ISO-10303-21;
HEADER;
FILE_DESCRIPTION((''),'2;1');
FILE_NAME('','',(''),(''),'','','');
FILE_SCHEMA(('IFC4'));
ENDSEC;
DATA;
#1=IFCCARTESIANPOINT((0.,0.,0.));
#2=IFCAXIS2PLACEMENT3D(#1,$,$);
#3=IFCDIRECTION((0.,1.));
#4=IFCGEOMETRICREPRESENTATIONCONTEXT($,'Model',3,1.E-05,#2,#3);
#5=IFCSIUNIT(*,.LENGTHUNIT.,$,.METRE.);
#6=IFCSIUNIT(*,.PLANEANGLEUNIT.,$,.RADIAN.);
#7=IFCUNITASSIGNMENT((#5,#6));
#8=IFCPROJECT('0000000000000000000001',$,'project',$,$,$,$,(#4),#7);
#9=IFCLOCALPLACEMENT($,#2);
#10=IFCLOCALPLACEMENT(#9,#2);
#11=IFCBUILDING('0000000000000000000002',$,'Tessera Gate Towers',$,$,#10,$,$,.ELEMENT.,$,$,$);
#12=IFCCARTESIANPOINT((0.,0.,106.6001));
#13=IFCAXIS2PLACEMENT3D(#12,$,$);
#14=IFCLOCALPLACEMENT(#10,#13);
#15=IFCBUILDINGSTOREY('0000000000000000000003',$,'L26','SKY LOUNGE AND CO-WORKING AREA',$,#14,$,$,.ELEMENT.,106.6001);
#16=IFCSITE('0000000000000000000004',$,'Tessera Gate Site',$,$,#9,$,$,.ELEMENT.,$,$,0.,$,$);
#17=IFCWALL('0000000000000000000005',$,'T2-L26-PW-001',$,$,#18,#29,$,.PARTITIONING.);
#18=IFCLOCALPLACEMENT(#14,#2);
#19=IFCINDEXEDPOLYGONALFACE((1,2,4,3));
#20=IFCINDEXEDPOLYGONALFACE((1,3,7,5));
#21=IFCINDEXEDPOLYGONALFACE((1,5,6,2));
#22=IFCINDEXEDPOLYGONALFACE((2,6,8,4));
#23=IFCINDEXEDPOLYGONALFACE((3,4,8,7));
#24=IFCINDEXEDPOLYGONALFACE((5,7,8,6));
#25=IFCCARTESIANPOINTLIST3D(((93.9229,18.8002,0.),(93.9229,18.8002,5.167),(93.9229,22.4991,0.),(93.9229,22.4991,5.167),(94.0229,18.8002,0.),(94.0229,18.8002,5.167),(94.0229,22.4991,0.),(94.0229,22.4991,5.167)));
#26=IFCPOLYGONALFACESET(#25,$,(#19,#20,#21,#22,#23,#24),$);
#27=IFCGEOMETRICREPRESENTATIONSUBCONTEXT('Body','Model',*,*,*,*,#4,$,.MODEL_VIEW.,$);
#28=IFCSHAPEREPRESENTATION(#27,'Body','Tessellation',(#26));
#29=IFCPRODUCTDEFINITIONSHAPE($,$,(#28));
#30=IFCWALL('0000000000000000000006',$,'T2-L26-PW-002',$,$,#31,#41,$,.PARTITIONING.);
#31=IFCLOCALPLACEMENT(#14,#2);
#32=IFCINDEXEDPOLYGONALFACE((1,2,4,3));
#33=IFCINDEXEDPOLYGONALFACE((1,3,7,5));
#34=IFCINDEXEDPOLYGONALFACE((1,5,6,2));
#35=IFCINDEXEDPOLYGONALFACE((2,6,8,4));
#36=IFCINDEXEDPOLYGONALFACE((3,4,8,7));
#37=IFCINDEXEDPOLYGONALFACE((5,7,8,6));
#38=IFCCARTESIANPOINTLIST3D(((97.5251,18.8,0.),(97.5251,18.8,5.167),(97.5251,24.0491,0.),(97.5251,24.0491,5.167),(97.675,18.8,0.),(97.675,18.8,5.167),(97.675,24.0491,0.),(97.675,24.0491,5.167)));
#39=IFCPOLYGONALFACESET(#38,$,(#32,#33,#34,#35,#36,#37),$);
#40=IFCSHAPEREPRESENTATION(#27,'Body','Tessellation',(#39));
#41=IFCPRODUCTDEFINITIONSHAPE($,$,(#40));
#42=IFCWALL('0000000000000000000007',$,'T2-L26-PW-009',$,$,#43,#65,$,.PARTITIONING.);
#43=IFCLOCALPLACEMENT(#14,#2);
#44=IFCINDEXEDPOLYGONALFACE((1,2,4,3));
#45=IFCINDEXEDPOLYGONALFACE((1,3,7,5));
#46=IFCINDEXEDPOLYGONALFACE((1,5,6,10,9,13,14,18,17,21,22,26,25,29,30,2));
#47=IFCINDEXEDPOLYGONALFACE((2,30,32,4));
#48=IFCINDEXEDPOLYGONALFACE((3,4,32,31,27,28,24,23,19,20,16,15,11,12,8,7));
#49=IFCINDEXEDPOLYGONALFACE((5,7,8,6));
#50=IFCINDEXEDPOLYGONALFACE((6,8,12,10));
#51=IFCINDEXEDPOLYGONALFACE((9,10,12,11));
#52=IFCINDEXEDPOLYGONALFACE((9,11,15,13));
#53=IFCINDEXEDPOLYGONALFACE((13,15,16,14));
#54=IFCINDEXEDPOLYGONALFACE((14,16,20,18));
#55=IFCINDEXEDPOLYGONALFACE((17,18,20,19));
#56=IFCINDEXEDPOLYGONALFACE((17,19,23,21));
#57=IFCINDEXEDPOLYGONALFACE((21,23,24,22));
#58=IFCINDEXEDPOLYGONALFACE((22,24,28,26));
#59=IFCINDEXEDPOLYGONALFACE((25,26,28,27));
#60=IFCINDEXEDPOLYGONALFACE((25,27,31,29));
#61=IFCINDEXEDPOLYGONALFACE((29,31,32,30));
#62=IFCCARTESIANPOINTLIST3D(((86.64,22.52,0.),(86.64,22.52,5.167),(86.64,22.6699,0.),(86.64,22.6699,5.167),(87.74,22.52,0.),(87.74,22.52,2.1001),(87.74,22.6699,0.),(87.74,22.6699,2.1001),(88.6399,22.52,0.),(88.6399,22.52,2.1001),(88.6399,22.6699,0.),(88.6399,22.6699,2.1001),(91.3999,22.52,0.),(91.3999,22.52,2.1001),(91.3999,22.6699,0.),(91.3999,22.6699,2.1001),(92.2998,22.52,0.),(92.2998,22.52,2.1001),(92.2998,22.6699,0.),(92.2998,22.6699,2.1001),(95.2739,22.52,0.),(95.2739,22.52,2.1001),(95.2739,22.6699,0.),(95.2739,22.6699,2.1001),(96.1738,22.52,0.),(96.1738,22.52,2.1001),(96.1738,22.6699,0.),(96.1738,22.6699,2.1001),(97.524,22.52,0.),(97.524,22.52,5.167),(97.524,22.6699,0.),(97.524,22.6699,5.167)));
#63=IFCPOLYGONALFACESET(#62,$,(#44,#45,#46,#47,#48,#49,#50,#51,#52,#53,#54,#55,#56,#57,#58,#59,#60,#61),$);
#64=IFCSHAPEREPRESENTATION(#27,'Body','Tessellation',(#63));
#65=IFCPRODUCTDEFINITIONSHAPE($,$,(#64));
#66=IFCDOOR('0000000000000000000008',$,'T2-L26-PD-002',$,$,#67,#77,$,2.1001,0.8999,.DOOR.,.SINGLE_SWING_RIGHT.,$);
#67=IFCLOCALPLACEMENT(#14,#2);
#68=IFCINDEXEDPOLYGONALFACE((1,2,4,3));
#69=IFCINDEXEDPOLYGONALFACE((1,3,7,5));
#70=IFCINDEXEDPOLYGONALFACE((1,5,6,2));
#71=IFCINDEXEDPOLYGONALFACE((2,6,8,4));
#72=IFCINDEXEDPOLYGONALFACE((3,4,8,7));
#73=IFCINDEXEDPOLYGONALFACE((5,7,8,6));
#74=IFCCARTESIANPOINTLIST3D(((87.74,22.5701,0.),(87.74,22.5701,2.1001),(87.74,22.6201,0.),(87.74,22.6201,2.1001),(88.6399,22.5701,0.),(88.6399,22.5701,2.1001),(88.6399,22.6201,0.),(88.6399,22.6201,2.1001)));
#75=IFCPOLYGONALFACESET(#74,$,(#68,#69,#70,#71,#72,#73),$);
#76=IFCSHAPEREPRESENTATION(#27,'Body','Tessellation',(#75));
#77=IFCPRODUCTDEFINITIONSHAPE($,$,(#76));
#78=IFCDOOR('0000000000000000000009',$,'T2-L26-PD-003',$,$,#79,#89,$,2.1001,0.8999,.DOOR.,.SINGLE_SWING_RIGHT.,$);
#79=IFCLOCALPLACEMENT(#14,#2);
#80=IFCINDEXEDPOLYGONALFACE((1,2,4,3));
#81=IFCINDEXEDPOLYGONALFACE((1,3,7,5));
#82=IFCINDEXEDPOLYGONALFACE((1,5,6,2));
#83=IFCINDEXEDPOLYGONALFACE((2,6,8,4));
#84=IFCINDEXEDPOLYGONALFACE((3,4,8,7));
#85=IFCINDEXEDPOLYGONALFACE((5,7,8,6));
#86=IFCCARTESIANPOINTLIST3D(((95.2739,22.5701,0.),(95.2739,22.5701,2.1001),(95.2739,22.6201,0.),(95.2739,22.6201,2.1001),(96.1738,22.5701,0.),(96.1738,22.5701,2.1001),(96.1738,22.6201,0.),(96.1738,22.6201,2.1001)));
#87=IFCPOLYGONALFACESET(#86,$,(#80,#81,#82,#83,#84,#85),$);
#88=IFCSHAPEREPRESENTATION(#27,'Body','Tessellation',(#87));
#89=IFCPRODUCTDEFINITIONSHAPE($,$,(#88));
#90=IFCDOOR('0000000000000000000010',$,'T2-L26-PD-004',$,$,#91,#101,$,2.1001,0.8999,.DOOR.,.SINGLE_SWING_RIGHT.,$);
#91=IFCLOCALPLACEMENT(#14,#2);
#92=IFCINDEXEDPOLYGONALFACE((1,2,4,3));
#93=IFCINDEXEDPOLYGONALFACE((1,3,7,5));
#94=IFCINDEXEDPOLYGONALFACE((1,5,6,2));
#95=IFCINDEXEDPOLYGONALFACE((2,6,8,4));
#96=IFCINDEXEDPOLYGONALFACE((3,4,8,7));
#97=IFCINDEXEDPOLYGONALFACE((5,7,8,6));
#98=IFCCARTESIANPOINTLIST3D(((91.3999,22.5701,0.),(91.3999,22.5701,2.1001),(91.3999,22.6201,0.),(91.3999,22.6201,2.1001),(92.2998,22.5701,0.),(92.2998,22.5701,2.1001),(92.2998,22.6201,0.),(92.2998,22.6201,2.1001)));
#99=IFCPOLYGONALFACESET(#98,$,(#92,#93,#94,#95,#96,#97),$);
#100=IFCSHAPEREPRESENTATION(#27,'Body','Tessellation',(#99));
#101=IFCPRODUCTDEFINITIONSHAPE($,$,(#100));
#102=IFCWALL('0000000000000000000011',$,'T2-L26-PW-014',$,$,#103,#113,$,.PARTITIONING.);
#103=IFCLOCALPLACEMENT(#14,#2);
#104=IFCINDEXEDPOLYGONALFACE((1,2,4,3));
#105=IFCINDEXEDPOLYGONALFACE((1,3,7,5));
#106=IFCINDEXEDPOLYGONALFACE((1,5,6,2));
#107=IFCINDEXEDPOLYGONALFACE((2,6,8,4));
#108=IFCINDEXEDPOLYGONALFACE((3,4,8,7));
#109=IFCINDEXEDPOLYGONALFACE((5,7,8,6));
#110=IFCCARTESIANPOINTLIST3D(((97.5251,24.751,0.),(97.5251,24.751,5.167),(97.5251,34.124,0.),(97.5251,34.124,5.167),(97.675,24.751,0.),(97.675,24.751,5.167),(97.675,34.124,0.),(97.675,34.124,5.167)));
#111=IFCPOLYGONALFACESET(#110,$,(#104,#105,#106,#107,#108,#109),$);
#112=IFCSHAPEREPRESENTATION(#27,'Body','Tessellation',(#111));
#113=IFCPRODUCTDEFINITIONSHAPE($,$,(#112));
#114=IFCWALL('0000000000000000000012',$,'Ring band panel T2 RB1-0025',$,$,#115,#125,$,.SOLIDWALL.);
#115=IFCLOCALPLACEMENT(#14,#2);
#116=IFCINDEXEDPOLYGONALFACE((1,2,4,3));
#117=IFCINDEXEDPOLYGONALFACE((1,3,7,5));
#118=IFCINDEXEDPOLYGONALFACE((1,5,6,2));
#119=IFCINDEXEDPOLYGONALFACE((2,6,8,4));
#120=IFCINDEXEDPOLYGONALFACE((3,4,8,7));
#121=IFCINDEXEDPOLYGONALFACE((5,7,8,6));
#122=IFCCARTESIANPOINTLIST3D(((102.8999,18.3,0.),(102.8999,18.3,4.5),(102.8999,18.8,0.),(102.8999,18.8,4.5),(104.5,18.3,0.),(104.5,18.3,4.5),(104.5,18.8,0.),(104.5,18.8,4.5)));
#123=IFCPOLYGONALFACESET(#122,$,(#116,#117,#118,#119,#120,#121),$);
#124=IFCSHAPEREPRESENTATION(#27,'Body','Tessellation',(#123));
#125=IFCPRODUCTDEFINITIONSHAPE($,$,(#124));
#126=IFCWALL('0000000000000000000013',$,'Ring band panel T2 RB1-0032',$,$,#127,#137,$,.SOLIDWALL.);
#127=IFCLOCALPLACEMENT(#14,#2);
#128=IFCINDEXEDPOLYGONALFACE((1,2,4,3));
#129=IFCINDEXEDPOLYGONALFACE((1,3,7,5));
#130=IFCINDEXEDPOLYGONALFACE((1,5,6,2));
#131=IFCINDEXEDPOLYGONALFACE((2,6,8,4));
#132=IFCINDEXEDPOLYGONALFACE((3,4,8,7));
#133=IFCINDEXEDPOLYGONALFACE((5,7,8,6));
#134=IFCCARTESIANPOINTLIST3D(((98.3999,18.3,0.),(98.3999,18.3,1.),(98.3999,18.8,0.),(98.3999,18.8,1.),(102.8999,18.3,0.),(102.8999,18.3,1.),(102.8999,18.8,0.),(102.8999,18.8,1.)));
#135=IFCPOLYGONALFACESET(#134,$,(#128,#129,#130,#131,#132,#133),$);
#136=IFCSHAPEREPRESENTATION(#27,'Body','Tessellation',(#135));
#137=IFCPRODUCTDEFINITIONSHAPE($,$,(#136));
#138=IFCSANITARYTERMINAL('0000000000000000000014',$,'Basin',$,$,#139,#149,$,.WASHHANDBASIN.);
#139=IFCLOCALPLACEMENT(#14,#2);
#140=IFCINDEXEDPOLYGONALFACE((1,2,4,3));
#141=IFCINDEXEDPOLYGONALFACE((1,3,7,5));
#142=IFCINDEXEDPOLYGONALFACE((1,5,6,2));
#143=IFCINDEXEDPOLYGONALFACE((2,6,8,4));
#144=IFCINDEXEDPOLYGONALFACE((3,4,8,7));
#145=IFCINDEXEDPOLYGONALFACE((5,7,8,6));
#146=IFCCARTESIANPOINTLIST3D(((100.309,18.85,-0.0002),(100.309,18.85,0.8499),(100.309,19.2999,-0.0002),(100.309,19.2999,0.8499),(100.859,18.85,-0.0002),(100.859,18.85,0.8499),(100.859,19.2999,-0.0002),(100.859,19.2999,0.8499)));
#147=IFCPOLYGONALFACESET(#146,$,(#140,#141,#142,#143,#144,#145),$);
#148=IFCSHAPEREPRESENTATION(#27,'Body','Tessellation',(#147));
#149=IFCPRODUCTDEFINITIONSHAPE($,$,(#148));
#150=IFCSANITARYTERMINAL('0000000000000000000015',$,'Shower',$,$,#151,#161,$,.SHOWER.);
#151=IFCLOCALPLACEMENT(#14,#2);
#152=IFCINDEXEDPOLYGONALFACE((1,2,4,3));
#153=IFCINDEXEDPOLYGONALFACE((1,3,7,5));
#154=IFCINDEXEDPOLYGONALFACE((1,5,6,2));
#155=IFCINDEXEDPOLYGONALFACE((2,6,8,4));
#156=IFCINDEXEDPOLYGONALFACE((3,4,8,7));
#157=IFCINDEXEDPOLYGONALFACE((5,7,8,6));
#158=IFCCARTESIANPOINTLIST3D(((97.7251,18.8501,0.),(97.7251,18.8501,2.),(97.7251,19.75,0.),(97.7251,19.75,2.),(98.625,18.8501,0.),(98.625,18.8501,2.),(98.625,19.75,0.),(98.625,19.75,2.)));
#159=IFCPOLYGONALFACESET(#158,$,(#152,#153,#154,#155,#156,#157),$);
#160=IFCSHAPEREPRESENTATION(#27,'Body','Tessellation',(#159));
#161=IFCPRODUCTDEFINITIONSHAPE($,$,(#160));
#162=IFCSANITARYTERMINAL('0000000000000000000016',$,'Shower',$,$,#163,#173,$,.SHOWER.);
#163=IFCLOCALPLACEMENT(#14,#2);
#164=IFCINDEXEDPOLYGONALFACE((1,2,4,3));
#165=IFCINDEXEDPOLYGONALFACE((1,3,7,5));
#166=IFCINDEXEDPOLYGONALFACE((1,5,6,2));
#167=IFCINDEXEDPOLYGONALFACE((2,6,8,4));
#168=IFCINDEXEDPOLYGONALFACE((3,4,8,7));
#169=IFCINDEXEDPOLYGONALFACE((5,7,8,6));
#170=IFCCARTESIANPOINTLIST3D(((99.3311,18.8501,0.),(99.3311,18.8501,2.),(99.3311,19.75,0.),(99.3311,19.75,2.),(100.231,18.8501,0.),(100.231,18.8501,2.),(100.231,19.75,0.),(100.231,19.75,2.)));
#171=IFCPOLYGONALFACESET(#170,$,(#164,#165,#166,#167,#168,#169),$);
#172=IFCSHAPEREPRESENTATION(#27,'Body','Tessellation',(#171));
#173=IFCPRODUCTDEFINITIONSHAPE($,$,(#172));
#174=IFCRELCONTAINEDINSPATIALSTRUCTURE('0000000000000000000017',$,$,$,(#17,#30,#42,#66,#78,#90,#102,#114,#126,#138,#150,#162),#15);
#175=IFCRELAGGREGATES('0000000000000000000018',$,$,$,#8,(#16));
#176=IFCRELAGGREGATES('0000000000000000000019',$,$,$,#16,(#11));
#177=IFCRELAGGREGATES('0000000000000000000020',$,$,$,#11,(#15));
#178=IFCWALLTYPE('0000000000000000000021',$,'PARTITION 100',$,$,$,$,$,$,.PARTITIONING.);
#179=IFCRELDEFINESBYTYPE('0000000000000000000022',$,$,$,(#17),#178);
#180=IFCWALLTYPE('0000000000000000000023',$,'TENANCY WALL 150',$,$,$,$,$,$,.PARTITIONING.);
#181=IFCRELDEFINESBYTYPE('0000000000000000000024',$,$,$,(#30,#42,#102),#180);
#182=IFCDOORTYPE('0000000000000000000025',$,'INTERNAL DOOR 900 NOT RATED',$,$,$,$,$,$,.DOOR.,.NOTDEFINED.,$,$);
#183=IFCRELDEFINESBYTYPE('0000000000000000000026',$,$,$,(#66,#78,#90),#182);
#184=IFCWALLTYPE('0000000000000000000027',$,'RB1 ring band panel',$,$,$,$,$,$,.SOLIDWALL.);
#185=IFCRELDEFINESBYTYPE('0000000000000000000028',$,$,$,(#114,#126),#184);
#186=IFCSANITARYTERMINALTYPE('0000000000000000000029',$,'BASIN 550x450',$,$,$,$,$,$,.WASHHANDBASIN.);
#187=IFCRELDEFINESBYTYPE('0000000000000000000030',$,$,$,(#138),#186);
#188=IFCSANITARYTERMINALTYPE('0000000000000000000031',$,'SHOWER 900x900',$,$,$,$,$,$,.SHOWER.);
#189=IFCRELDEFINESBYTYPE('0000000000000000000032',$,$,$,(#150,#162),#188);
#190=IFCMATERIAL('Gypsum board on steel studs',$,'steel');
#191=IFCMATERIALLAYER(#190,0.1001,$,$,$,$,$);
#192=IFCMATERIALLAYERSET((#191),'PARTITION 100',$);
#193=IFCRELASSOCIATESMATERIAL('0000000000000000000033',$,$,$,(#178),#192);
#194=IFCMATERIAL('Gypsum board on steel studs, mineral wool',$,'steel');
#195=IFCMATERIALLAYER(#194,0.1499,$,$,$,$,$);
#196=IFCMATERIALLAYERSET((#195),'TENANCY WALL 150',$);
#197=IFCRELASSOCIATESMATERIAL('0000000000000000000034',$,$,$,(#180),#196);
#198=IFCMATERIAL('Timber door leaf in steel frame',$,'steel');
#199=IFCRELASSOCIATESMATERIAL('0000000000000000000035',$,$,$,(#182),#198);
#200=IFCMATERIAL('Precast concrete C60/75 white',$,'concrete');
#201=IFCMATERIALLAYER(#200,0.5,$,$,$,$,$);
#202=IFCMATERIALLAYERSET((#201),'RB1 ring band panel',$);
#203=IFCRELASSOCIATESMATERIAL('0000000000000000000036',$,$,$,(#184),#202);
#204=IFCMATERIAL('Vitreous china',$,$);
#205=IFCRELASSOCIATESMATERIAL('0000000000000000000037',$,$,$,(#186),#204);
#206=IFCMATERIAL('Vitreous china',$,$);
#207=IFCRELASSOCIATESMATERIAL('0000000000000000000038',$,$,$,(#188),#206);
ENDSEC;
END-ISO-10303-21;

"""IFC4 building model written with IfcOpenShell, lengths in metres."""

from ifc_helpers import new_model, si_unit, direction, frame, frame_2d, origin, origin_2d, place, context, subcontext, project, spatial, polyline, rectangle, outline, extrude, source, transform, mapped, material, layer, layer_set, type_object, element, fill, save


model = new_model("IFC4")

# Units and contexts
model_context = context("Model", 3, precision=1e-05, world=origin(), true_north=direction((0.0, 1.0)))
body_context = subcontext(model_context, "Body", "Model", "MODEL_VIEW")
ifc_project = project(units=[si_unit("LENGTHUNIT", "METRE"), si_unit("PLANEANGLEUNIT", "RADIAN")], contexts=[model_context])

# Site, building, storey
site_placement = place(None, origin())
site = spatial("IfcSite", under=ifc_project, at=site_placement, Name="Tessera Gate Site", CompositionType="ELEMENT", RefElevation=0.0)
building_placement = place(site_placement, origin())
building = spatial("IfcBuilding", under=site, at=building_placement, Name="Tessera Gate Towers", CompositionType="ELEMENT")
storey_placement = place(building_placement, frame((0.0, 0.0, 106.6001)))
storey = spatial("IfcBuildingStorey", under=building, at=storey_placement, Name="L26", Description="SKY LOUNGE AND CO-WORKING AREA", CompositionType="ELEMENT", Elevation=106.6001)

# Walls
ifc_material_1 = material(Name="Gypsum board on steel studs", Category="steel")
ifc_layer_1 = layer(ifc_material_1, 0.1001)
ifc_layer_set_1 = layer_set([ifc_layer_1], Name="PARTITION 100")
wall_type_1 = type_object("IfcWallType", Name="PARTITION 100", PredefinedType="PARTITIONING", material=ifc_layer_set_1)
wall_1_placement = place(storey_placement, frame((93.9729, 18.8, 0.0), z_axis=(0.0, 0.0, 1.0), x_axis=(0.0, 1.0, 0.0)))
element("IfcWall", 1, at=wall_1_placement, inside=storey, type_object=wall_type_1, Name="T2-L26-PW-001", PredefinedType="PARTITIONING", context=body_context, shape_type="SweptSolid", body=[
    extrude(rectangle(XDim=3.699, YDim=0.1001, at=frame_2d((1.8496, 0.0))), origin(), (0.0, 0.0, 1.0), 5.167),
])
ifc_material_2 = material(Name="Gypsum board on steel studs, mineral wool", Category="steel")
ifc_layer_2 = layer(ifc_material_2, 0.1499)
ifc_layer_set_2 = layer_set([ifc_layer_2], Name="TENANCY WALL 150")
wall_type_2 = type_object("IfcWallType", Name="TENANCY WALL 150", PredefinedType="PARTITIONING", material=ifc_layer_set_2)
wall_2_placement = place(storey_placement, frame((97.6001, 18.8, 0.0), z_axis=(0.0, 0.0, 1.0), x_axis=(0.0, 1.0, 0.0)))
element("IfcWall", 2, at=wall_2_placement, inside=storey, type_object=wall_type_2, Name="T2-L26-PW-002", PredefinedType="PARTITIONING", context=body_context, shape_type="SweptSolid", body=[
    extrude(rectangle(XDim=5.249, YDim=0.1499, at=frame_2d((2.6245, 0.0))), origin(), (0.0, 0.0, 1.0), 5.167),
])

# Wall, openings, doors
wall_3_placement = place(storey_placement, frame((97.5239, 22.595, 0.0), z_axis=(0.0, 0.0, 1.0), x_axis=(-1.0, 0.0, 0.0)))
wall_3 = element("IfcWall", 3, at=wall_3_placement, inside=storey, type_object=wall_type_2, Name="T2-L26-PW-009", PredefinedType="PARTITIONING", context=body_context, shape_type="SweptSolid", body=[
    extrude(rectangle(XDim=10.884, YDim=0.1499, at=frame_2d((5.4419, 0.0))), origin(), (0.0, 0.0, 1.0), 5.167),
])
shared_shape_1 = source(origin(), body_context, "Body", "SweptSolid", [
    extrude(rectangle(XDim=0.8999, YDim=2.1001, at=frame_2d((0.45, 1.05))), frame((0.0, 0.085, 0.0), z_axis=(0.0, -1.0, 0.0), x_axis=(1.0, 0.0, 0.0)), (0.0, 0.0, 1.0), 0.1699),
])
opening_1_placement = place(wall_3_placement, frame((8.884, 0.0, 0.0)))
opening_1 = element("IfcOpeningElement", 4, at=opening_1_placement, cuts=wall_3, PredefinedType="OPENING", context=body_context, shape_type="MappedRepresentation", body=[
    mapped(shared_shape_1, transform((0.0, 0.0, 0.0), scale=1.0)),
])
opening_2_placement = place(wall_3_placement, frame((1.3501, 0.0, 0.0)))
opening_2 = element("IfcOpeningElement", 5, at=opening_2_placement, cuts=wall_3, PredefinedType="OPENING", context=body_context, shape_type="MappedRepresentation", body=[
    mapped(shared_shape_1, transform((0.0, 0.0, 0.0), scale=1.0)),
])
opening_3_placement = place(wall_3_placement, frame((5.2241, 0.0, 0.0)))
opening_3 = element("IfcOpeningElement", 6, at=opening_3_placement, cuts=wall_3, PredefinedType="OPENING", context=body_context, shape_type="MappedRepresentation", body=[
    mapped(shared_shape_1, transform((0.0, 0.0, 0.0), scale=1.0)),
])
ifc_material_3 = material(Name="Timber door leaf in steel frame", Category="steel")
door_type_1 = type_object("IfcDoorType", Name="INTERNAL DOOR 900 NOT RATED", OperationType="NOTDEFINED", PredefinedType="DOOR", material=ifc_material_3)
shared_shape_2 = source(origin(), body_context, "Body", "SweptSolid", [
    extrude(rectangle(XDim=0.8999, YDim=2.1001, at=frame_2d((0.45, 1.05))), frame((0.0, 0.0249, 0.0), z_axis=(0.0, -1.0, 0.0), x_axis=(1.0, 0.0, 0.0)), (0.0, 0.0, 1.0), 0.05),
])
door_1_placement = place(opening_1_placement, origin())
door_1 = element("IfcDoor", 7, at=door_1_placement, inside=storey, type_object=door_type_1, Name="T2-L26-PD-002", OperationType="SINGLE_SWING_RIGHT", OverallHeight=2.1001, OverallWidth=0.8999, PredefinedType="DOOR", context=body_context, shape_type="MappedRepresentation", body=[
    mapped(shared_shape_2, transform((0.0, 0.0, 0.0), scale=1.0)),
])
fill(opening_1, door_1)
door_2_placement = place(opening_2_placement, origin())
door_2 = element("IfcDoor", 8, at=door_2_placement, inside=storey, type_object=door_type_1, Name="T2-L26-PD-003", OperationType="SINGLE_SWING_RIGHT", OverallHeight=2.1001, OverallWidth=0.8999, PredefinedType="DOOR", context=body_context, shape_type="MappedRepresentation", body=[
    mapped(shared_shape_2, transform((0.0, 0.0, 0.0), scale=1.0)),
])
fill(opening_2, door_2)
door_3_placement = place(opening_3_placement, origin())
door_3 = element("IfcDoor", 9, at=door_3_placement, inside=storey, type_object=door_type_1, Name="T2-L26-PD-004", OperationType="SINGLE_SWING_RIGHT", OverallHeight=2.1001, OverallWidth=0.8999, PredefinedType="DOOR", context=body_context, shape_type="MappedRepresentation", body=[
    mapped(shared_shape_2, transform((0.0, 0.0, 0.0), scale=1.0)),
])
fill(opening_3, door_3)

# Walls
wall_4_placement = place(storey_placement, frame((97.6001, 24.751, 0.0), z_axis=(0.0, 0.0, 1.0), x_axis=(0.0, 1.0, 0.0)))
element("IfcWall", 10, at=wall_4_placement, inside=storey, type_object=wall_type_2, Name="T2-L26-PW-014", PredefinedType="PARTITIONING", context=body_context, shape_type="SweptSolid", body=[
    extrude(rectangle(XDim=9.373, YDim=0.1499, at=frame_2d((4.6865, 0.0))), origin(), (0.0, 0.0, 1.0), 5.167),
])
ifc_material_4 = material(Name="Precast concrete C60/75 white", Category="concrete")
ifc_layer_3 = layer(ifc_material_4, 0.5)
ifc_layer_set_3 = layer_set([ifc_layer_3], Name="RB1 ring band panel")
wall_type_3 = type_object("IfcWallType", Name="RB1 ring band panel", PredefinedType="SOLIDWALL", material=ifc_layer_set_3)
shared_shape_3 = source(origin(), body_context, "Body", "SweptSolid", [
    extrude(outline(polyline([(0.0, 0.0), (1.6001, 0.0), (1.6001, 4.5), (0.0, 4.5), (0.0, 0.0)])), frame((0.0, 0.25, 0.0), z_axis=(0.0, -1.0, 0.0), x_axis=(1.0, 0.0, 0.0)), (0.0, 0.0, 1.0), 0.5),
])
wall_5_placement = place(storey_placement, frame((102.8999, 18.55, 0.0), z_axis=(0.0, 0.0, 1.0), x_axis=(1.0, 0.0, 0.0)))
element("IfcWall", 11, at=wall_5_placement, inside=storey, type_object=wall_type_3, Name="Ring band panel T2 RB1-0025", PredefinedType="SOLIDWALL", context=body_context, shape_type="MappedRepresentation", body=[
    mapped(shared_shape_3, transform((0.0, 0.0, 0.0), scale=1.0)),
])
shared_shape_4 = source(origin(), body_context, "Body", "SweptSolid", [
    extrude(outline(polyline([(0.0, 0.0), (4.5, 0.0), (4.5, 1.0), (0.0, 1.0), (0.0, 0.0)])), frame((0.0, 0.25, 0.0), z_axis=(0.0, -1.0, 0.0), x_axis=(1.0, 0.0, 0.0)), (0.0, 0.0, 1.0), 0.5),
])
wall_6_placement = place(storey_placement, frame((98.3999, 18.55, 0.0), z_axis=(0.0, 0.0, 1.0), x_axis=(1.0, 0.0, 0.0)))
element("IfcWall", 12, at=wall_6_placement, inside=storey, type_object=wall_type_3, Name="Ring band panel T2 RB1-0032", PredefinedType="SOLIDWALL", context=body_context, shape_type="MappedRepresentation", body=[
    mapped(shared_shape_4, transform((0.0, 0.0, 0.0), scale=1.0)),
])

# Sanitary terminals
ifc_material_5 = material(Name="Vitreous china")
sanitary_terminal_type_1 = type_object("IfcSanitaryTerminalType", Name="BASIN 550x450", PredefinedType="WASHHANDBASIN", material=ifc_material_5)
sanitary_terminal_placement = place(storey_placement, frame((100.584, 19.075, -0.0002), z_axis=(0.0, 0.0, 1.0), x_axis=(1.0, 0.0, 0.0)))
element("IfcSanitaryTerminal", 13, at=sanitary_terminal_placement, inside=storey, type_object=sanitary_terminal_type_1, Name="Basin", PredefinedType="WASHHANDBASIN", context=body_context, shape_type="SweptSolid", body=[
    extrude(rectangle(XDim=0.55, YDim=0.45, at=origin_2d()), origin(), (0.0, 0.0, 1.0), 0.8501),
])
ifc_material_6 = material(Name="Vitreous china")
sanitary_terminal_type_2 = type_object("IfcSanitaryTerminalType", Name="SHOWER 900x900", PredefinedType="SHOWER", material=ifc_material_6)
for number, where, z_axis, x_axis, name in (
    (14, (98.175, 19.3, 0.0), (0.0, 0.0, 1.0), (1.0, 0.0, 0.0), "Shower"),
    (15, (99.781, 19.3, 0.0), (0.0, 0.0, 1.0), (1.0, 0.0, 0.0), "Shower"),
):
    element("IfcSanitaryTerminal", number, at=place(storey_placement, frame(where, z_axis=z_axis, x_axis=x_axis)), inside=storey, type_object=sanitary_terminal_type_2, Name=name, PredefinedType="SHOWER", context=body_context, shape_type="SweptSolid", body=[
        extrude(rectangle(XDim=0.8999, YDim=0.8999, at=origin_2d()), origin(), (0.0, 0.0, 1.0), 2.0),
    ])

save(model, "model.ifc")
